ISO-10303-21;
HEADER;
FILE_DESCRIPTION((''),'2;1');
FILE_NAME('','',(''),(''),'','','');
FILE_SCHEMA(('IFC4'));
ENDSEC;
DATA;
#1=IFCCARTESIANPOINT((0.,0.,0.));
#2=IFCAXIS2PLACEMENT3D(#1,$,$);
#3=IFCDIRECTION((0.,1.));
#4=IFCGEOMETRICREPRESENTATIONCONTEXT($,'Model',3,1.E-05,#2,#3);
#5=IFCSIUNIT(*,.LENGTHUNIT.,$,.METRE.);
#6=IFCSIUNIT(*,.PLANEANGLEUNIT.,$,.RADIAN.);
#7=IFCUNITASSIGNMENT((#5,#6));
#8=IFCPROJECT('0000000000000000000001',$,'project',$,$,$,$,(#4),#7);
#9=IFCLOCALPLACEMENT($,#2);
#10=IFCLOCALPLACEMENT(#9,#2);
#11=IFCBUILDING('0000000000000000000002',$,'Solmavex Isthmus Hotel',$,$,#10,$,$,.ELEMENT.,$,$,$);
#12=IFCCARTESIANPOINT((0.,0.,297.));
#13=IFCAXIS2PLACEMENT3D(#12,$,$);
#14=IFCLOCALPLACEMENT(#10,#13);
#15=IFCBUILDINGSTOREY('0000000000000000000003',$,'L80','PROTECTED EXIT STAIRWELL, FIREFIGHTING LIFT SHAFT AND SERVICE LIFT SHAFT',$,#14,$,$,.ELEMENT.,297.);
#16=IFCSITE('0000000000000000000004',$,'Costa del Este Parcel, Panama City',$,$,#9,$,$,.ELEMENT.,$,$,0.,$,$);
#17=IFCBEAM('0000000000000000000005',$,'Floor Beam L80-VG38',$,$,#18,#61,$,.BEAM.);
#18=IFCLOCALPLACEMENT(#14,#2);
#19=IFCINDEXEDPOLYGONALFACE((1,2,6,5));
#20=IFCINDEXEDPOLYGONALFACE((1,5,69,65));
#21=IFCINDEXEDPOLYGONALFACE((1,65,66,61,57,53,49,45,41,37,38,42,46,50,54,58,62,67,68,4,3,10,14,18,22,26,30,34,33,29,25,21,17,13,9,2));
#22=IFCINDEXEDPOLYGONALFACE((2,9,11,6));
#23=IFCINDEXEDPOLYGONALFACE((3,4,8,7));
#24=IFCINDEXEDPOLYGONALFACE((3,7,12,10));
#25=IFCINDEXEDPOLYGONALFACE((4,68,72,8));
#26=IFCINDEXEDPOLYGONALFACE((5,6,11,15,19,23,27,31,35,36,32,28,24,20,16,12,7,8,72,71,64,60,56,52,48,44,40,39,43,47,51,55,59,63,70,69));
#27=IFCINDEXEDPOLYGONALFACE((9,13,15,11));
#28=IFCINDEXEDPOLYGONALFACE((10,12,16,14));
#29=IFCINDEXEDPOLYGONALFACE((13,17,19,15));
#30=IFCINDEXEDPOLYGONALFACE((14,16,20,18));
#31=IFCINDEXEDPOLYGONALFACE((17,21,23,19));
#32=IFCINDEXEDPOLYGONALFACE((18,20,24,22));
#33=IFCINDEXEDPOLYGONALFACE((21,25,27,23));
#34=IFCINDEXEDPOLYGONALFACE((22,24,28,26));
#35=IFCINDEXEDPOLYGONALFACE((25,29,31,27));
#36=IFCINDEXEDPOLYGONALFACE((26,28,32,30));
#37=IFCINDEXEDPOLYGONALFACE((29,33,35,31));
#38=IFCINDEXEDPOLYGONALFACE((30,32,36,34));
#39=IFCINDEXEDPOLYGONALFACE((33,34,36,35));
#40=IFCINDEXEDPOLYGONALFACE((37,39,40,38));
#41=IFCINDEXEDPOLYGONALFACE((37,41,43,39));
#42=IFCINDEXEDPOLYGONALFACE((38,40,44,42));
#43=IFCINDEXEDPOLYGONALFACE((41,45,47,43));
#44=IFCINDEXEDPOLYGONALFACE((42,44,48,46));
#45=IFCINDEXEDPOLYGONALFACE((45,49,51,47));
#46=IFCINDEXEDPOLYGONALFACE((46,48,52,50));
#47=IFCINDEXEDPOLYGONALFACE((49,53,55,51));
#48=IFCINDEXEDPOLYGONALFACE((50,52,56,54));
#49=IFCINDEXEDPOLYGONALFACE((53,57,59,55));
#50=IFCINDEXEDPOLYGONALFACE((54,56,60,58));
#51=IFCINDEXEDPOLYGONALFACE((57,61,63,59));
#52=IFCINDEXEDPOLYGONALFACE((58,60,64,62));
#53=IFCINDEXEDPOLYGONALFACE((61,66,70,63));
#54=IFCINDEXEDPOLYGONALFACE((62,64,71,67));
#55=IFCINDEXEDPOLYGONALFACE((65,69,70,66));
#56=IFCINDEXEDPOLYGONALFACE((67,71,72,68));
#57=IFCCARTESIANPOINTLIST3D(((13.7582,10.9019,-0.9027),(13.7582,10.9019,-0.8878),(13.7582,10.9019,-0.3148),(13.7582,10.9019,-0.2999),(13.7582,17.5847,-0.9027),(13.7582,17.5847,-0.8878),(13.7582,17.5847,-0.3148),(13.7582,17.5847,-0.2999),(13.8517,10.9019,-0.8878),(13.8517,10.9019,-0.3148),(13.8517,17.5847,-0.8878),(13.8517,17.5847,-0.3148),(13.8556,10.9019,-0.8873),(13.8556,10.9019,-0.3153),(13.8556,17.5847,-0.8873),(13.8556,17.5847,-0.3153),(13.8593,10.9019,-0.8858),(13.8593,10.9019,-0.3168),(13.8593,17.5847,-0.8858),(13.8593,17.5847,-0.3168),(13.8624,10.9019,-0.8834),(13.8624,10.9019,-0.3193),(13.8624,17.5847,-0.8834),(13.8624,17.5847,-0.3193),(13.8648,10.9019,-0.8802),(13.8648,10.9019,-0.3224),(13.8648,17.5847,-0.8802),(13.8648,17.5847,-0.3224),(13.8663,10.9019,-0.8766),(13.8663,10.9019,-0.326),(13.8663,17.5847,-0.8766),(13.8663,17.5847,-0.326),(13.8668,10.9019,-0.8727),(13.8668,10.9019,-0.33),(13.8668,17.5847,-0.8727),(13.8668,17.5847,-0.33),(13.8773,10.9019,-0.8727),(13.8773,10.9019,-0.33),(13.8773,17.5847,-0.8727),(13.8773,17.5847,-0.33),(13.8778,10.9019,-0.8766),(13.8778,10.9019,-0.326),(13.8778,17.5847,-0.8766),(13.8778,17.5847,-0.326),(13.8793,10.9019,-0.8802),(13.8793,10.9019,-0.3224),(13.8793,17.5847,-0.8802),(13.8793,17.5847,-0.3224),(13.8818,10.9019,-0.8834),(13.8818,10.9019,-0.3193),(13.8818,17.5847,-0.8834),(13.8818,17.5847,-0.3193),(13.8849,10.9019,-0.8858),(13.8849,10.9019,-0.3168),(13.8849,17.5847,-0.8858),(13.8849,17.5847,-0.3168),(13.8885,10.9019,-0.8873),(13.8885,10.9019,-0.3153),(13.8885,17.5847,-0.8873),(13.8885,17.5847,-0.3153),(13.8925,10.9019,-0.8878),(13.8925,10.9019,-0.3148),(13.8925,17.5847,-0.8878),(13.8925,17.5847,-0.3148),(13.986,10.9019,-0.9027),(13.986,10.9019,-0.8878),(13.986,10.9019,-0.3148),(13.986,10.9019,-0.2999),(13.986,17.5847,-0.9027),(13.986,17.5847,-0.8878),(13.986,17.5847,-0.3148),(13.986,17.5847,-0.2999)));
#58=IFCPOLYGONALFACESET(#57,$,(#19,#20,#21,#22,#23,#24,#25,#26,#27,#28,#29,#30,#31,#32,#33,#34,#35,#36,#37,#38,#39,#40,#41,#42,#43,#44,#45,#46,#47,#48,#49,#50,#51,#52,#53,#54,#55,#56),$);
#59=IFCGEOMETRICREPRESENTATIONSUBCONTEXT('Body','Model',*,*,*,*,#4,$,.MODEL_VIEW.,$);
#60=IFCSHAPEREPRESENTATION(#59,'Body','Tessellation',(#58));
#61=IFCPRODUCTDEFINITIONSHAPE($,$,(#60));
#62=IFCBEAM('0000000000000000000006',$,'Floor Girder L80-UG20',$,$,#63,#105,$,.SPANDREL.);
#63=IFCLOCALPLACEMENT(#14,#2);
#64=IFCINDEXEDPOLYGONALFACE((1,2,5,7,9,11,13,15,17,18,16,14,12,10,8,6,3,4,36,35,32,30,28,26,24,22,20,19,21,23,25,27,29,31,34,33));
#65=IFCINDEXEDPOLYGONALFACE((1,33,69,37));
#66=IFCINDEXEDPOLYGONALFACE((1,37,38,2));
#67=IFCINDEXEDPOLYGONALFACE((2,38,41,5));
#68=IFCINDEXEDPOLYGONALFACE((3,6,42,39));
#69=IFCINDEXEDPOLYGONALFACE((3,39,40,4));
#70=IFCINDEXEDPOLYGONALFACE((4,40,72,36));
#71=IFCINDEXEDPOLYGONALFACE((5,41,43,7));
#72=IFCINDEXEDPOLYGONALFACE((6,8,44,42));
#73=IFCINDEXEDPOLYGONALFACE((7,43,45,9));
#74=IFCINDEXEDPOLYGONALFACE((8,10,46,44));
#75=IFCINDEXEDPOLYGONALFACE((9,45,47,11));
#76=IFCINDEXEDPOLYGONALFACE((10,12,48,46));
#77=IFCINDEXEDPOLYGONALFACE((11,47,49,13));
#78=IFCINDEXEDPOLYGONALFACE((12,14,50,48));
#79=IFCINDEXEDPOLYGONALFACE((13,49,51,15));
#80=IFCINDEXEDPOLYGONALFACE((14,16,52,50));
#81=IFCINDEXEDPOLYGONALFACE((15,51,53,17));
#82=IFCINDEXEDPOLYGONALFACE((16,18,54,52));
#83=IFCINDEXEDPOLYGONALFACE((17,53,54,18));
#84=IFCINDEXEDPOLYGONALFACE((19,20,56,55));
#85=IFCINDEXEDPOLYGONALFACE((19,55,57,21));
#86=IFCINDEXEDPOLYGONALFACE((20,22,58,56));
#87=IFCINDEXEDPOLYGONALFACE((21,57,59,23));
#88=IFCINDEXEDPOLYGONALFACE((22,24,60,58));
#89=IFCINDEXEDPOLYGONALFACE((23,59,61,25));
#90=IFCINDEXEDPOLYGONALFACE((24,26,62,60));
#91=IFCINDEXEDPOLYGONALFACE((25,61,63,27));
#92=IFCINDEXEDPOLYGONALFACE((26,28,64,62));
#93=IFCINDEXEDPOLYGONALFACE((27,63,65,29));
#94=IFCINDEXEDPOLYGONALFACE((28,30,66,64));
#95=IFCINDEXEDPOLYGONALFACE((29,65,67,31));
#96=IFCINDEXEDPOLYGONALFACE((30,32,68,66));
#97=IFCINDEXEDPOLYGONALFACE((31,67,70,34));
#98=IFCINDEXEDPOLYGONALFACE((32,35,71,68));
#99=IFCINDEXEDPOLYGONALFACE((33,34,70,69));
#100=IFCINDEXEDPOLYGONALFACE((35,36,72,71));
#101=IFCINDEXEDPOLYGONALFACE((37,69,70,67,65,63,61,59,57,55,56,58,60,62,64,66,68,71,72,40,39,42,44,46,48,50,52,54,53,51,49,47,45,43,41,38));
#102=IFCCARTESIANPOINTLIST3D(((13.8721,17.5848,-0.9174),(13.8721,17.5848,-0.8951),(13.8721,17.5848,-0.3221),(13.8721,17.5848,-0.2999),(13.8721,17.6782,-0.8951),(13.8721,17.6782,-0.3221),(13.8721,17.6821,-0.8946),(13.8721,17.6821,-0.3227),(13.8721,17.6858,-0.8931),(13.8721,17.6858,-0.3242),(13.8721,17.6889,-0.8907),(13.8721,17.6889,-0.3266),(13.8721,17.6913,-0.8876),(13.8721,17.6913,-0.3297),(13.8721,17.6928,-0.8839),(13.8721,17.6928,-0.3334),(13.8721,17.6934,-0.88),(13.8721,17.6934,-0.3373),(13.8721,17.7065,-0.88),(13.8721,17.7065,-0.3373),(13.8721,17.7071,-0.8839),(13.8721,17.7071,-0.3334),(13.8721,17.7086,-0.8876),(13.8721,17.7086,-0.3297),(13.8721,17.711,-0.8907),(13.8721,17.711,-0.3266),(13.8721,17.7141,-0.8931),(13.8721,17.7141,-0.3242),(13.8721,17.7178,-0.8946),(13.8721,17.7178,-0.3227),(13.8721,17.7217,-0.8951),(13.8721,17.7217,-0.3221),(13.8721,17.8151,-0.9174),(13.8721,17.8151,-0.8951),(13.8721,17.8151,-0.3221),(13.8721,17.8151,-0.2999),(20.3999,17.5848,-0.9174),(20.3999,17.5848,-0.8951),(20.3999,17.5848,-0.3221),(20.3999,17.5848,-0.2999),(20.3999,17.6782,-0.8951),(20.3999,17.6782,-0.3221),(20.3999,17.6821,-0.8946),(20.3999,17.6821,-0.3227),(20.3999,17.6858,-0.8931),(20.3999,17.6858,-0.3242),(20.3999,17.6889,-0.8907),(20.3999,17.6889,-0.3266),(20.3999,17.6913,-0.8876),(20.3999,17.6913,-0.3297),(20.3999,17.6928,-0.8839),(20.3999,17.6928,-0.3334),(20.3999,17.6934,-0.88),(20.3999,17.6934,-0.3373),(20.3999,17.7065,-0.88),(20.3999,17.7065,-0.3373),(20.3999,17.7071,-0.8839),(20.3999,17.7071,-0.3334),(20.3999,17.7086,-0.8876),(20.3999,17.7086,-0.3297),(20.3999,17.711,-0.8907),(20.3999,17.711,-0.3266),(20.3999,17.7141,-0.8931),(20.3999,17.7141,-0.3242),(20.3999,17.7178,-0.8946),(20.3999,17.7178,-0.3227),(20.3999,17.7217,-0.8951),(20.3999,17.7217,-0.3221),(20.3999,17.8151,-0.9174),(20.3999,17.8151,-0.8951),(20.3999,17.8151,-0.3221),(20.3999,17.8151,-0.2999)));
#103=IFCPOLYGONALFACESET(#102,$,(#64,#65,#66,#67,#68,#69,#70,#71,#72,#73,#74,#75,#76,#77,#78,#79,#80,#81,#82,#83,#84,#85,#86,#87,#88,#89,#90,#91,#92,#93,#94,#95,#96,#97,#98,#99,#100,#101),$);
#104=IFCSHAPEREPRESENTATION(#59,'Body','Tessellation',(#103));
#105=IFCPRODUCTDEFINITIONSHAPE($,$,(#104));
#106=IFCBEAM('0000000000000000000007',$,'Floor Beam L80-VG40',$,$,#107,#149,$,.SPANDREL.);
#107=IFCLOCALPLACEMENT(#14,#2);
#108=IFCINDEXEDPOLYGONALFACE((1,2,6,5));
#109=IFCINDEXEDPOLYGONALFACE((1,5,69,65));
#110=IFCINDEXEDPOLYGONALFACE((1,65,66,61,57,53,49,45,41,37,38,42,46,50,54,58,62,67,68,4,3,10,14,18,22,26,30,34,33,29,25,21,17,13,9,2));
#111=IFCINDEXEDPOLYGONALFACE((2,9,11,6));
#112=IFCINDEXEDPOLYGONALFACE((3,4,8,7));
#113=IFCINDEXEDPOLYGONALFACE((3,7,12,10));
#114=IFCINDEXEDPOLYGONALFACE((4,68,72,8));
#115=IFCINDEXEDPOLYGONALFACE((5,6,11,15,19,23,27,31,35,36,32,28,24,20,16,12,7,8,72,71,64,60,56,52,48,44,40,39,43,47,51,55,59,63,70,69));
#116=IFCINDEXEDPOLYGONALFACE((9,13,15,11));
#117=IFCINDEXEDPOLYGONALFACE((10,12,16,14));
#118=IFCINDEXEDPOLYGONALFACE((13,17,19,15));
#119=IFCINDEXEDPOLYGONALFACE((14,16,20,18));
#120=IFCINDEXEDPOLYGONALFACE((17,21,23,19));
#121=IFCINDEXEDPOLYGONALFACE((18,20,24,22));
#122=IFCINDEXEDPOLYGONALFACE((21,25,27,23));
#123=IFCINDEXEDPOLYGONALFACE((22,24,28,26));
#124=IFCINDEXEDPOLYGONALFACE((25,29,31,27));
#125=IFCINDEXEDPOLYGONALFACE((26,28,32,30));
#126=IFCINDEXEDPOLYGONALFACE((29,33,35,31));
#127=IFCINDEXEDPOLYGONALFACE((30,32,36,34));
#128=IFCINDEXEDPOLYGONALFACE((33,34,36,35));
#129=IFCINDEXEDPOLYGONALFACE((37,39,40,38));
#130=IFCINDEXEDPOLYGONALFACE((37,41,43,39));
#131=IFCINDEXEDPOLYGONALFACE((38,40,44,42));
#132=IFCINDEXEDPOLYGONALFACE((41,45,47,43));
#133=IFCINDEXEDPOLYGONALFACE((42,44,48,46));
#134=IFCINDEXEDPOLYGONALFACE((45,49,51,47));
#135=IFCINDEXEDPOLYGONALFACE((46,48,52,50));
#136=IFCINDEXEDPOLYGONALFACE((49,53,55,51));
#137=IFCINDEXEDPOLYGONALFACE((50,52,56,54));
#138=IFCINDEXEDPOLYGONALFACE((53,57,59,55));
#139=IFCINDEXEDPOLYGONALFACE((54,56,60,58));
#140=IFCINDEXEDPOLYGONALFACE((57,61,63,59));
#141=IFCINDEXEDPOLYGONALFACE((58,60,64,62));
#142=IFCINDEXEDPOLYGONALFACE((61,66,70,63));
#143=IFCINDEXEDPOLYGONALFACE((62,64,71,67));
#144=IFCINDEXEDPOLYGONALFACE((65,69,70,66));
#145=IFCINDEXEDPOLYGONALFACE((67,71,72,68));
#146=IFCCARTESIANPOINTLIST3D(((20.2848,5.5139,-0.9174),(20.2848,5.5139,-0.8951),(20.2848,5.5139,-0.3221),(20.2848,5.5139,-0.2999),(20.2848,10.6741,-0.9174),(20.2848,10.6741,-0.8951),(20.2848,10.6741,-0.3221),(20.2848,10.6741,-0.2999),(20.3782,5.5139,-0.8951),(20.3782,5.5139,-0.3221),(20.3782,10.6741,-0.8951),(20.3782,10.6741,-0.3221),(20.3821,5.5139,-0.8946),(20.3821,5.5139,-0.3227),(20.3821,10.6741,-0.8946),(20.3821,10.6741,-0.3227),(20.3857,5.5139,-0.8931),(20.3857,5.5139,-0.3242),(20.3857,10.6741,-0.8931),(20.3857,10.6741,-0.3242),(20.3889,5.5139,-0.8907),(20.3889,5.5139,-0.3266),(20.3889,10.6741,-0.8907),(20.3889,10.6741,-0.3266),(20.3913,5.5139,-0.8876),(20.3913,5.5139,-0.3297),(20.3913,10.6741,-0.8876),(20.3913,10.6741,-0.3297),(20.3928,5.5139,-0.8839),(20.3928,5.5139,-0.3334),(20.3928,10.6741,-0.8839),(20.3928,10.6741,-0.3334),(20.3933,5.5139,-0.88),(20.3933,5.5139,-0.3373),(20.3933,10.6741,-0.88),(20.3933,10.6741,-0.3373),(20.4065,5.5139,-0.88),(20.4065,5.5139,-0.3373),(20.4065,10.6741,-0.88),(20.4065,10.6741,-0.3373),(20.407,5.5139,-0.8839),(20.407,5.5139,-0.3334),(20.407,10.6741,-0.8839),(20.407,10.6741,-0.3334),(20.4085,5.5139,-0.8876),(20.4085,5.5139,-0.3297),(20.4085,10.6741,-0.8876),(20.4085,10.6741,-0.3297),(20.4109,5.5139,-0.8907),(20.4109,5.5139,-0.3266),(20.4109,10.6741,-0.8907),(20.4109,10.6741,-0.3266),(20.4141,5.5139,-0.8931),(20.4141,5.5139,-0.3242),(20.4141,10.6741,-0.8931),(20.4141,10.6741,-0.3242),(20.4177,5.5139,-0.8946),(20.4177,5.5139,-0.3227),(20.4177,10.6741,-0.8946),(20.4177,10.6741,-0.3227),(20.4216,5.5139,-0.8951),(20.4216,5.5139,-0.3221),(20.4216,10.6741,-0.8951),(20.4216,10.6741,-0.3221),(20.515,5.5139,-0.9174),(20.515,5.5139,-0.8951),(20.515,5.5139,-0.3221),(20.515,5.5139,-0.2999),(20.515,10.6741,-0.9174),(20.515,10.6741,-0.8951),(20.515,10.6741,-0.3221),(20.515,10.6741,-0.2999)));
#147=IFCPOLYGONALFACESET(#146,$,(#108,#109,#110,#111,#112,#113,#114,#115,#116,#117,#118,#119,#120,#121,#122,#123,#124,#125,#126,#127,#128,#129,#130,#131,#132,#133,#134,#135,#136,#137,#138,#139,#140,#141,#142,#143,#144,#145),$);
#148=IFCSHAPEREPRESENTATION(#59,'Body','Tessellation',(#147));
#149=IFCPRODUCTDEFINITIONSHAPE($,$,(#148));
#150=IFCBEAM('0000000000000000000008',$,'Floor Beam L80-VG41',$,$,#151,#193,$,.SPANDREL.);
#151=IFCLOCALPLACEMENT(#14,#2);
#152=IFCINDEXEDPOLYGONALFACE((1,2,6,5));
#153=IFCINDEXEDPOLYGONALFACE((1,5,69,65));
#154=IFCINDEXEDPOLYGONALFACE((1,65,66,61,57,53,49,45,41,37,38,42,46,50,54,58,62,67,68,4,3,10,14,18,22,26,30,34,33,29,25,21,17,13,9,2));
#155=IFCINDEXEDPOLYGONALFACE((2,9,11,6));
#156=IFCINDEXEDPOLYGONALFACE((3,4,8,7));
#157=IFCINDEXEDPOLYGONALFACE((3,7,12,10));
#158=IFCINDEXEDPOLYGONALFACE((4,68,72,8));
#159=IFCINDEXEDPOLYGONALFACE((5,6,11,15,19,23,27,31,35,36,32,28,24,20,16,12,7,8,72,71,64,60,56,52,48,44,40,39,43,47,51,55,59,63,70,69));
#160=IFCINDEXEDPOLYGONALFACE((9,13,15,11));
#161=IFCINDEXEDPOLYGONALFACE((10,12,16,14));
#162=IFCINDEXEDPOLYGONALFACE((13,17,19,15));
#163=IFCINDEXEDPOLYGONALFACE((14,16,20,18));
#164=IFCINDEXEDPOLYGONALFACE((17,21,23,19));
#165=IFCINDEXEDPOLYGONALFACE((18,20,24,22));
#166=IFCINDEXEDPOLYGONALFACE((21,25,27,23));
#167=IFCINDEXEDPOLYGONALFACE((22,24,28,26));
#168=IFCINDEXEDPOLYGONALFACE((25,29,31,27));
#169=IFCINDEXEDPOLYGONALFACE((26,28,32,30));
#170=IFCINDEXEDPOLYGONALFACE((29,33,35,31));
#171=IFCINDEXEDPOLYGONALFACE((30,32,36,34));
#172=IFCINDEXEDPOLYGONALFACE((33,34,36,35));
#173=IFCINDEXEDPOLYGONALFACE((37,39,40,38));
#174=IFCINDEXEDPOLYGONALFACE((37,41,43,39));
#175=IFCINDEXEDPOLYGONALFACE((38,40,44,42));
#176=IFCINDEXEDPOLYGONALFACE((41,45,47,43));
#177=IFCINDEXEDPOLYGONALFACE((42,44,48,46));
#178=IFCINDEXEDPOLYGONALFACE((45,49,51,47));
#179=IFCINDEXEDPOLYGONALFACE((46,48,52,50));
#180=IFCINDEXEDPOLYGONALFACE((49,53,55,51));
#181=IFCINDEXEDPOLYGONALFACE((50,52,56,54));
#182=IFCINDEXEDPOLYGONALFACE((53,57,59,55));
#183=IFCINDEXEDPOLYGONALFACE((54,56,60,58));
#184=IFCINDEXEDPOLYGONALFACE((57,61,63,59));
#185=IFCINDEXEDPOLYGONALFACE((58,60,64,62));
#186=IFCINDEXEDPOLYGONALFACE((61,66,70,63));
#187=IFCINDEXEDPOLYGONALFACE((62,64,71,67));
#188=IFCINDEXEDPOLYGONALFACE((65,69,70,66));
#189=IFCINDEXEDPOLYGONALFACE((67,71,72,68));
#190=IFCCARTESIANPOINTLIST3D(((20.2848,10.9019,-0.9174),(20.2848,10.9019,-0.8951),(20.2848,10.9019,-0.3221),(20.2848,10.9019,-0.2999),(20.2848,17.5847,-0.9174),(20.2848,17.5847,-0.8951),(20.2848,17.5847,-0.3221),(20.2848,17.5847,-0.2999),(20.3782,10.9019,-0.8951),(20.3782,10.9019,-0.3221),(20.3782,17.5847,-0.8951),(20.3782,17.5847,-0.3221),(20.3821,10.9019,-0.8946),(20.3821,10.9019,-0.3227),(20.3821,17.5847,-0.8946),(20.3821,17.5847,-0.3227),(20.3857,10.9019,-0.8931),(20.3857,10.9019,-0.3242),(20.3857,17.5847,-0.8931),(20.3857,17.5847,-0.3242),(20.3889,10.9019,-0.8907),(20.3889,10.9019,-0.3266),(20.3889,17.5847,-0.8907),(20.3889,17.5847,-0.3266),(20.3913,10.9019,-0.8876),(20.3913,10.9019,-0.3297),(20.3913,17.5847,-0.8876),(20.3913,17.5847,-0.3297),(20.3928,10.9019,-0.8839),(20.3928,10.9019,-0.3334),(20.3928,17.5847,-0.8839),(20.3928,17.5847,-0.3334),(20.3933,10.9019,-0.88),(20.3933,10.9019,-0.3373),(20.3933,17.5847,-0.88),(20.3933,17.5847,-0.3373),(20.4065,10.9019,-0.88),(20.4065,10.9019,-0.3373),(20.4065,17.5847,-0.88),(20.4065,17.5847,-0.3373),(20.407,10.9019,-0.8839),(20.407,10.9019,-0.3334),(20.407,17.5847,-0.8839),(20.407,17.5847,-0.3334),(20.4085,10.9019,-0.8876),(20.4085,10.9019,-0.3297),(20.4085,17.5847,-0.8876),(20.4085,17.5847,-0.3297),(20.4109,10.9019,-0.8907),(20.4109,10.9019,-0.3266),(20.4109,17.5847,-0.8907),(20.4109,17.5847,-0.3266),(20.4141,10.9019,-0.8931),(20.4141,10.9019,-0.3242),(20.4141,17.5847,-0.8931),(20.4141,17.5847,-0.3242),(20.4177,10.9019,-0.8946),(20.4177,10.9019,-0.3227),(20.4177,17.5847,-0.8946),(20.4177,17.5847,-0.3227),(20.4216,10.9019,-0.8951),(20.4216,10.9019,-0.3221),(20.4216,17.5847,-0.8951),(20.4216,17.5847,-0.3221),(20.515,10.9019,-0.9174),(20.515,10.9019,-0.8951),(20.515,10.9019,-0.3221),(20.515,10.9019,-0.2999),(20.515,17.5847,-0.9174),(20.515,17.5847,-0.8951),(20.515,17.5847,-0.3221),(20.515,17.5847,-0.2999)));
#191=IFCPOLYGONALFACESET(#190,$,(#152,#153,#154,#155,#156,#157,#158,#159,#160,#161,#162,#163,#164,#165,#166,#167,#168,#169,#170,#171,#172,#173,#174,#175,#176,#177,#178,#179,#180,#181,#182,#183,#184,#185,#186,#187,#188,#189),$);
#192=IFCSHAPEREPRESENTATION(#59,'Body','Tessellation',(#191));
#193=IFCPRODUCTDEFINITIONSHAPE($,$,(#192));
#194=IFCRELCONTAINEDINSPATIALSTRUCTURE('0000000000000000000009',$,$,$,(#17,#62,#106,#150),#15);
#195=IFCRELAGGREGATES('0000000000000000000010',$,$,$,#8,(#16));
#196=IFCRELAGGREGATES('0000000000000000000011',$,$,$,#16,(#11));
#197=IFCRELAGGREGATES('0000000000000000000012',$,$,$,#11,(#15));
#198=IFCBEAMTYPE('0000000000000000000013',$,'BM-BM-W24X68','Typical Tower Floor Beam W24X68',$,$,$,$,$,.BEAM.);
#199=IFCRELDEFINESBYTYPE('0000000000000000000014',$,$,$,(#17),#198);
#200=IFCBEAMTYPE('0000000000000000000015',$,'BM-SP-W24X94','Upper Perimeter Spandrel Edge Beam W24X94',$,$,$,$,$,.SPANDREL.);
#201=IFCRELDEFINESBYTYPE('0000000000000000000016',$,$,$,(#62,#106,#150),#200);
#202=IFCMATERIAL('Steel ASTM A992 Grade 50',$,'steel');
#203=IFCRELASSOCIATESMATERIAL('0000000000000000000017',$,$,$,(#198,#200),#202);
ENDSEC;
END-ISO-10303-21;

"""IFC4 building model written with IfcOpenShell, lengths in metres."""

from ifc_helpers import new_model, si_unit, direction, frame, origin, origin_2d, place, context, subcontext, project, spatial, i_section, extrude, material, material_profile, profile_set, type_object, element, save


model = new_model("IFC4")

# Units and contexts
model_context = context("Model", 3, precision=1e-05, world=origin(), true_north=direction((0.0, 1.0)))
body_context = subcontext(model_context, "Body", "Model", "MODEL_VIEW")
ifc_project = project(units=[si_unit("LENGTHUNIT", "METRE"), si_unit("PLANEANGLEUNIT", "RADIAN")], contexts=[model_context])

# Site, building, storey
site_placement = place(None, origin())
site = spatial("IfcSite", under=ifc_project, at=site_placement, Name="Costa del Este Parcel, Panama City", CompositionType="ELEMENT", RefElevation=0.0)
building_placement = place(site_placement, origin())
building = spatial("IfcBuilding", under=site, at=building_placement, Name="Solmavex Isthmus Hotel", CompositionType="ELEMENT")
storey_placement = place(building_placement, frame((0.0, 0.0, 297.0)))
storey = spatial("IfcBuildingStorey", under=building, at=storey_placement, Name="L80", Description="PROTECTED EXIT STAIRWELL, FIREFIGHTING LIFT SHAFT AND SERVICE LIFT SHAFT", CompositionType="ELEMENT", Elevation=297.0)

# Beams
ifc_material_1 = material(Name="Steel ASTM A992 Grade 50", Category="steel")
ifc_material_profile_1 = material_profile(ifc_material_1, i_section(OverallWidth=0.2278, OverallDepth=0.6028, WebThickness=0.0105, FlangeThickness=0.0149, FilletRadius=0.0151, at=origin_2d()), Name="W24X68")
ifc_profile_set_1 = profile_set([ifc_material_profile_1], Name="Steel ASTM A992 Grade 50")
beam_type_1 = type_object("IfcBeamType", Name="BM-BM-W24X68", Description="Typical Tower Floor Beam W24X68", PredefinedType="BEAM", material=ifc_profile_set_1)
beam_1_placement = place(storey_placement, frame((13.8721, 10.9019, -0.6013), z_axis=(0.0, 1.0, 0.0), x_axis=(-1.0, 0.0, 0.0)))
element("IfcBeam", 1, at=beam_1_placement, inside=storey, type_object=beam_type_1, Name="Floor Beam L80-VG38", PredefinedType="BEAM", context=body_context, shape_type="SweptSolid", body=[
    extrude(i_section(OverallWidth=0.2278, OverallDepth=0.6028, WebThickness=0.0105, FlangeThickness=0.0149, FilletRadius=0.0151, at=origin_2d()), origin(), (0.0, 0.0, 1.0), 6.6829),
])
ifc_material_profile_2 = material_profile(ifc_material_1, i_section(OverallWidth=0.2302, OverallDepth=0.6174, WebThickness=0.0132, FlangeThickness=0.0222, FilletRadius=0.0151, at=origin_2d()), Name="W24X94")
ifc_profile_set_2 = profile_set([ifc_material_profile_2], Name="Steel ASTM A992 Grade 50")
beam_type_2 = type_object("IfcBeamType", Name="BM-SP-W24X94", Description="Upper Perimeter Spandrel Edge Beam W24X94", PredefinedType="SPANDREL", material=ifc_profile_set_2)
beam_2_placement = place(storey_placement, frame((13.8721, 17.7, -0.6086), z_axis=(1.0, 0.0, 0.0), x_axis=(0.0, 1.0, 0.0)))
element("IfcBeam", 2, at=beam_2_placement, inside=storey, type_object=beam_type_2, Name="Floor Girder L80-UG20", PredefinedType="SPANDREL", context=body_context, shape_type="SweptSolid", body=[
    extrude(i_section(OverallWidth=0.2302, OverallDepth=0.6174, WebThickness=0.0132, FlangeThickness=0.0222, FilletRadius=0.0151, at=origin_2d()), origin(), (0.0, 0.0, 1.0), 6.5278),
])
beam_3_placement = place(storey_placement, frame((20.3999, 5.5139, -0.6086), z_axis=(0.0, 1.0, 0.0), x_axis=(-1.0, 0.0, 0.0)))
element("IfcBeam", 3, at=beam_3_placement, inside=storey, type_object=beam_type_2, Name="Floor Beam L80-VG40", PredefinedType="SPANDREL", context=body_context, shape_type="SweptSolid", body=[
    extrude(i_section(OverallWidth=0.2302, OverallDepth=0.6174, WebThickness=0.0132, FlangeThickness=0.0222, FilletRadius=0.0151, at=origin_2d()), origin(), (0.0, 0.0, 1.0), 5.1602),
])
beam_4_placement = place(storey_placement, frame((20.3999, 10.9019, -0.6086), z_axis=(0.0, 1.0, 0.0), x_axis=(-1.0, 0.0, 0.0)))
element("IfcBeam", 4, at=beam_4_placement, inside=storey, type_object=beam_type_2, Name="Floor Beam L80-VG41", PredefinedType="SPANDREL", context=body_context, shape_type="SweptSolid", body=[
    extrude(i_section(OverallWidth=0.2302, OverallDepth=0.6174, WebThickness=0.0132, FlangeThickness=0.0222, FilletRadius=0.0151, at=origin_2d()), origin(), (0.0, 0.0, 1.0), 6.6829),
])

save(model, "model.ifc")
